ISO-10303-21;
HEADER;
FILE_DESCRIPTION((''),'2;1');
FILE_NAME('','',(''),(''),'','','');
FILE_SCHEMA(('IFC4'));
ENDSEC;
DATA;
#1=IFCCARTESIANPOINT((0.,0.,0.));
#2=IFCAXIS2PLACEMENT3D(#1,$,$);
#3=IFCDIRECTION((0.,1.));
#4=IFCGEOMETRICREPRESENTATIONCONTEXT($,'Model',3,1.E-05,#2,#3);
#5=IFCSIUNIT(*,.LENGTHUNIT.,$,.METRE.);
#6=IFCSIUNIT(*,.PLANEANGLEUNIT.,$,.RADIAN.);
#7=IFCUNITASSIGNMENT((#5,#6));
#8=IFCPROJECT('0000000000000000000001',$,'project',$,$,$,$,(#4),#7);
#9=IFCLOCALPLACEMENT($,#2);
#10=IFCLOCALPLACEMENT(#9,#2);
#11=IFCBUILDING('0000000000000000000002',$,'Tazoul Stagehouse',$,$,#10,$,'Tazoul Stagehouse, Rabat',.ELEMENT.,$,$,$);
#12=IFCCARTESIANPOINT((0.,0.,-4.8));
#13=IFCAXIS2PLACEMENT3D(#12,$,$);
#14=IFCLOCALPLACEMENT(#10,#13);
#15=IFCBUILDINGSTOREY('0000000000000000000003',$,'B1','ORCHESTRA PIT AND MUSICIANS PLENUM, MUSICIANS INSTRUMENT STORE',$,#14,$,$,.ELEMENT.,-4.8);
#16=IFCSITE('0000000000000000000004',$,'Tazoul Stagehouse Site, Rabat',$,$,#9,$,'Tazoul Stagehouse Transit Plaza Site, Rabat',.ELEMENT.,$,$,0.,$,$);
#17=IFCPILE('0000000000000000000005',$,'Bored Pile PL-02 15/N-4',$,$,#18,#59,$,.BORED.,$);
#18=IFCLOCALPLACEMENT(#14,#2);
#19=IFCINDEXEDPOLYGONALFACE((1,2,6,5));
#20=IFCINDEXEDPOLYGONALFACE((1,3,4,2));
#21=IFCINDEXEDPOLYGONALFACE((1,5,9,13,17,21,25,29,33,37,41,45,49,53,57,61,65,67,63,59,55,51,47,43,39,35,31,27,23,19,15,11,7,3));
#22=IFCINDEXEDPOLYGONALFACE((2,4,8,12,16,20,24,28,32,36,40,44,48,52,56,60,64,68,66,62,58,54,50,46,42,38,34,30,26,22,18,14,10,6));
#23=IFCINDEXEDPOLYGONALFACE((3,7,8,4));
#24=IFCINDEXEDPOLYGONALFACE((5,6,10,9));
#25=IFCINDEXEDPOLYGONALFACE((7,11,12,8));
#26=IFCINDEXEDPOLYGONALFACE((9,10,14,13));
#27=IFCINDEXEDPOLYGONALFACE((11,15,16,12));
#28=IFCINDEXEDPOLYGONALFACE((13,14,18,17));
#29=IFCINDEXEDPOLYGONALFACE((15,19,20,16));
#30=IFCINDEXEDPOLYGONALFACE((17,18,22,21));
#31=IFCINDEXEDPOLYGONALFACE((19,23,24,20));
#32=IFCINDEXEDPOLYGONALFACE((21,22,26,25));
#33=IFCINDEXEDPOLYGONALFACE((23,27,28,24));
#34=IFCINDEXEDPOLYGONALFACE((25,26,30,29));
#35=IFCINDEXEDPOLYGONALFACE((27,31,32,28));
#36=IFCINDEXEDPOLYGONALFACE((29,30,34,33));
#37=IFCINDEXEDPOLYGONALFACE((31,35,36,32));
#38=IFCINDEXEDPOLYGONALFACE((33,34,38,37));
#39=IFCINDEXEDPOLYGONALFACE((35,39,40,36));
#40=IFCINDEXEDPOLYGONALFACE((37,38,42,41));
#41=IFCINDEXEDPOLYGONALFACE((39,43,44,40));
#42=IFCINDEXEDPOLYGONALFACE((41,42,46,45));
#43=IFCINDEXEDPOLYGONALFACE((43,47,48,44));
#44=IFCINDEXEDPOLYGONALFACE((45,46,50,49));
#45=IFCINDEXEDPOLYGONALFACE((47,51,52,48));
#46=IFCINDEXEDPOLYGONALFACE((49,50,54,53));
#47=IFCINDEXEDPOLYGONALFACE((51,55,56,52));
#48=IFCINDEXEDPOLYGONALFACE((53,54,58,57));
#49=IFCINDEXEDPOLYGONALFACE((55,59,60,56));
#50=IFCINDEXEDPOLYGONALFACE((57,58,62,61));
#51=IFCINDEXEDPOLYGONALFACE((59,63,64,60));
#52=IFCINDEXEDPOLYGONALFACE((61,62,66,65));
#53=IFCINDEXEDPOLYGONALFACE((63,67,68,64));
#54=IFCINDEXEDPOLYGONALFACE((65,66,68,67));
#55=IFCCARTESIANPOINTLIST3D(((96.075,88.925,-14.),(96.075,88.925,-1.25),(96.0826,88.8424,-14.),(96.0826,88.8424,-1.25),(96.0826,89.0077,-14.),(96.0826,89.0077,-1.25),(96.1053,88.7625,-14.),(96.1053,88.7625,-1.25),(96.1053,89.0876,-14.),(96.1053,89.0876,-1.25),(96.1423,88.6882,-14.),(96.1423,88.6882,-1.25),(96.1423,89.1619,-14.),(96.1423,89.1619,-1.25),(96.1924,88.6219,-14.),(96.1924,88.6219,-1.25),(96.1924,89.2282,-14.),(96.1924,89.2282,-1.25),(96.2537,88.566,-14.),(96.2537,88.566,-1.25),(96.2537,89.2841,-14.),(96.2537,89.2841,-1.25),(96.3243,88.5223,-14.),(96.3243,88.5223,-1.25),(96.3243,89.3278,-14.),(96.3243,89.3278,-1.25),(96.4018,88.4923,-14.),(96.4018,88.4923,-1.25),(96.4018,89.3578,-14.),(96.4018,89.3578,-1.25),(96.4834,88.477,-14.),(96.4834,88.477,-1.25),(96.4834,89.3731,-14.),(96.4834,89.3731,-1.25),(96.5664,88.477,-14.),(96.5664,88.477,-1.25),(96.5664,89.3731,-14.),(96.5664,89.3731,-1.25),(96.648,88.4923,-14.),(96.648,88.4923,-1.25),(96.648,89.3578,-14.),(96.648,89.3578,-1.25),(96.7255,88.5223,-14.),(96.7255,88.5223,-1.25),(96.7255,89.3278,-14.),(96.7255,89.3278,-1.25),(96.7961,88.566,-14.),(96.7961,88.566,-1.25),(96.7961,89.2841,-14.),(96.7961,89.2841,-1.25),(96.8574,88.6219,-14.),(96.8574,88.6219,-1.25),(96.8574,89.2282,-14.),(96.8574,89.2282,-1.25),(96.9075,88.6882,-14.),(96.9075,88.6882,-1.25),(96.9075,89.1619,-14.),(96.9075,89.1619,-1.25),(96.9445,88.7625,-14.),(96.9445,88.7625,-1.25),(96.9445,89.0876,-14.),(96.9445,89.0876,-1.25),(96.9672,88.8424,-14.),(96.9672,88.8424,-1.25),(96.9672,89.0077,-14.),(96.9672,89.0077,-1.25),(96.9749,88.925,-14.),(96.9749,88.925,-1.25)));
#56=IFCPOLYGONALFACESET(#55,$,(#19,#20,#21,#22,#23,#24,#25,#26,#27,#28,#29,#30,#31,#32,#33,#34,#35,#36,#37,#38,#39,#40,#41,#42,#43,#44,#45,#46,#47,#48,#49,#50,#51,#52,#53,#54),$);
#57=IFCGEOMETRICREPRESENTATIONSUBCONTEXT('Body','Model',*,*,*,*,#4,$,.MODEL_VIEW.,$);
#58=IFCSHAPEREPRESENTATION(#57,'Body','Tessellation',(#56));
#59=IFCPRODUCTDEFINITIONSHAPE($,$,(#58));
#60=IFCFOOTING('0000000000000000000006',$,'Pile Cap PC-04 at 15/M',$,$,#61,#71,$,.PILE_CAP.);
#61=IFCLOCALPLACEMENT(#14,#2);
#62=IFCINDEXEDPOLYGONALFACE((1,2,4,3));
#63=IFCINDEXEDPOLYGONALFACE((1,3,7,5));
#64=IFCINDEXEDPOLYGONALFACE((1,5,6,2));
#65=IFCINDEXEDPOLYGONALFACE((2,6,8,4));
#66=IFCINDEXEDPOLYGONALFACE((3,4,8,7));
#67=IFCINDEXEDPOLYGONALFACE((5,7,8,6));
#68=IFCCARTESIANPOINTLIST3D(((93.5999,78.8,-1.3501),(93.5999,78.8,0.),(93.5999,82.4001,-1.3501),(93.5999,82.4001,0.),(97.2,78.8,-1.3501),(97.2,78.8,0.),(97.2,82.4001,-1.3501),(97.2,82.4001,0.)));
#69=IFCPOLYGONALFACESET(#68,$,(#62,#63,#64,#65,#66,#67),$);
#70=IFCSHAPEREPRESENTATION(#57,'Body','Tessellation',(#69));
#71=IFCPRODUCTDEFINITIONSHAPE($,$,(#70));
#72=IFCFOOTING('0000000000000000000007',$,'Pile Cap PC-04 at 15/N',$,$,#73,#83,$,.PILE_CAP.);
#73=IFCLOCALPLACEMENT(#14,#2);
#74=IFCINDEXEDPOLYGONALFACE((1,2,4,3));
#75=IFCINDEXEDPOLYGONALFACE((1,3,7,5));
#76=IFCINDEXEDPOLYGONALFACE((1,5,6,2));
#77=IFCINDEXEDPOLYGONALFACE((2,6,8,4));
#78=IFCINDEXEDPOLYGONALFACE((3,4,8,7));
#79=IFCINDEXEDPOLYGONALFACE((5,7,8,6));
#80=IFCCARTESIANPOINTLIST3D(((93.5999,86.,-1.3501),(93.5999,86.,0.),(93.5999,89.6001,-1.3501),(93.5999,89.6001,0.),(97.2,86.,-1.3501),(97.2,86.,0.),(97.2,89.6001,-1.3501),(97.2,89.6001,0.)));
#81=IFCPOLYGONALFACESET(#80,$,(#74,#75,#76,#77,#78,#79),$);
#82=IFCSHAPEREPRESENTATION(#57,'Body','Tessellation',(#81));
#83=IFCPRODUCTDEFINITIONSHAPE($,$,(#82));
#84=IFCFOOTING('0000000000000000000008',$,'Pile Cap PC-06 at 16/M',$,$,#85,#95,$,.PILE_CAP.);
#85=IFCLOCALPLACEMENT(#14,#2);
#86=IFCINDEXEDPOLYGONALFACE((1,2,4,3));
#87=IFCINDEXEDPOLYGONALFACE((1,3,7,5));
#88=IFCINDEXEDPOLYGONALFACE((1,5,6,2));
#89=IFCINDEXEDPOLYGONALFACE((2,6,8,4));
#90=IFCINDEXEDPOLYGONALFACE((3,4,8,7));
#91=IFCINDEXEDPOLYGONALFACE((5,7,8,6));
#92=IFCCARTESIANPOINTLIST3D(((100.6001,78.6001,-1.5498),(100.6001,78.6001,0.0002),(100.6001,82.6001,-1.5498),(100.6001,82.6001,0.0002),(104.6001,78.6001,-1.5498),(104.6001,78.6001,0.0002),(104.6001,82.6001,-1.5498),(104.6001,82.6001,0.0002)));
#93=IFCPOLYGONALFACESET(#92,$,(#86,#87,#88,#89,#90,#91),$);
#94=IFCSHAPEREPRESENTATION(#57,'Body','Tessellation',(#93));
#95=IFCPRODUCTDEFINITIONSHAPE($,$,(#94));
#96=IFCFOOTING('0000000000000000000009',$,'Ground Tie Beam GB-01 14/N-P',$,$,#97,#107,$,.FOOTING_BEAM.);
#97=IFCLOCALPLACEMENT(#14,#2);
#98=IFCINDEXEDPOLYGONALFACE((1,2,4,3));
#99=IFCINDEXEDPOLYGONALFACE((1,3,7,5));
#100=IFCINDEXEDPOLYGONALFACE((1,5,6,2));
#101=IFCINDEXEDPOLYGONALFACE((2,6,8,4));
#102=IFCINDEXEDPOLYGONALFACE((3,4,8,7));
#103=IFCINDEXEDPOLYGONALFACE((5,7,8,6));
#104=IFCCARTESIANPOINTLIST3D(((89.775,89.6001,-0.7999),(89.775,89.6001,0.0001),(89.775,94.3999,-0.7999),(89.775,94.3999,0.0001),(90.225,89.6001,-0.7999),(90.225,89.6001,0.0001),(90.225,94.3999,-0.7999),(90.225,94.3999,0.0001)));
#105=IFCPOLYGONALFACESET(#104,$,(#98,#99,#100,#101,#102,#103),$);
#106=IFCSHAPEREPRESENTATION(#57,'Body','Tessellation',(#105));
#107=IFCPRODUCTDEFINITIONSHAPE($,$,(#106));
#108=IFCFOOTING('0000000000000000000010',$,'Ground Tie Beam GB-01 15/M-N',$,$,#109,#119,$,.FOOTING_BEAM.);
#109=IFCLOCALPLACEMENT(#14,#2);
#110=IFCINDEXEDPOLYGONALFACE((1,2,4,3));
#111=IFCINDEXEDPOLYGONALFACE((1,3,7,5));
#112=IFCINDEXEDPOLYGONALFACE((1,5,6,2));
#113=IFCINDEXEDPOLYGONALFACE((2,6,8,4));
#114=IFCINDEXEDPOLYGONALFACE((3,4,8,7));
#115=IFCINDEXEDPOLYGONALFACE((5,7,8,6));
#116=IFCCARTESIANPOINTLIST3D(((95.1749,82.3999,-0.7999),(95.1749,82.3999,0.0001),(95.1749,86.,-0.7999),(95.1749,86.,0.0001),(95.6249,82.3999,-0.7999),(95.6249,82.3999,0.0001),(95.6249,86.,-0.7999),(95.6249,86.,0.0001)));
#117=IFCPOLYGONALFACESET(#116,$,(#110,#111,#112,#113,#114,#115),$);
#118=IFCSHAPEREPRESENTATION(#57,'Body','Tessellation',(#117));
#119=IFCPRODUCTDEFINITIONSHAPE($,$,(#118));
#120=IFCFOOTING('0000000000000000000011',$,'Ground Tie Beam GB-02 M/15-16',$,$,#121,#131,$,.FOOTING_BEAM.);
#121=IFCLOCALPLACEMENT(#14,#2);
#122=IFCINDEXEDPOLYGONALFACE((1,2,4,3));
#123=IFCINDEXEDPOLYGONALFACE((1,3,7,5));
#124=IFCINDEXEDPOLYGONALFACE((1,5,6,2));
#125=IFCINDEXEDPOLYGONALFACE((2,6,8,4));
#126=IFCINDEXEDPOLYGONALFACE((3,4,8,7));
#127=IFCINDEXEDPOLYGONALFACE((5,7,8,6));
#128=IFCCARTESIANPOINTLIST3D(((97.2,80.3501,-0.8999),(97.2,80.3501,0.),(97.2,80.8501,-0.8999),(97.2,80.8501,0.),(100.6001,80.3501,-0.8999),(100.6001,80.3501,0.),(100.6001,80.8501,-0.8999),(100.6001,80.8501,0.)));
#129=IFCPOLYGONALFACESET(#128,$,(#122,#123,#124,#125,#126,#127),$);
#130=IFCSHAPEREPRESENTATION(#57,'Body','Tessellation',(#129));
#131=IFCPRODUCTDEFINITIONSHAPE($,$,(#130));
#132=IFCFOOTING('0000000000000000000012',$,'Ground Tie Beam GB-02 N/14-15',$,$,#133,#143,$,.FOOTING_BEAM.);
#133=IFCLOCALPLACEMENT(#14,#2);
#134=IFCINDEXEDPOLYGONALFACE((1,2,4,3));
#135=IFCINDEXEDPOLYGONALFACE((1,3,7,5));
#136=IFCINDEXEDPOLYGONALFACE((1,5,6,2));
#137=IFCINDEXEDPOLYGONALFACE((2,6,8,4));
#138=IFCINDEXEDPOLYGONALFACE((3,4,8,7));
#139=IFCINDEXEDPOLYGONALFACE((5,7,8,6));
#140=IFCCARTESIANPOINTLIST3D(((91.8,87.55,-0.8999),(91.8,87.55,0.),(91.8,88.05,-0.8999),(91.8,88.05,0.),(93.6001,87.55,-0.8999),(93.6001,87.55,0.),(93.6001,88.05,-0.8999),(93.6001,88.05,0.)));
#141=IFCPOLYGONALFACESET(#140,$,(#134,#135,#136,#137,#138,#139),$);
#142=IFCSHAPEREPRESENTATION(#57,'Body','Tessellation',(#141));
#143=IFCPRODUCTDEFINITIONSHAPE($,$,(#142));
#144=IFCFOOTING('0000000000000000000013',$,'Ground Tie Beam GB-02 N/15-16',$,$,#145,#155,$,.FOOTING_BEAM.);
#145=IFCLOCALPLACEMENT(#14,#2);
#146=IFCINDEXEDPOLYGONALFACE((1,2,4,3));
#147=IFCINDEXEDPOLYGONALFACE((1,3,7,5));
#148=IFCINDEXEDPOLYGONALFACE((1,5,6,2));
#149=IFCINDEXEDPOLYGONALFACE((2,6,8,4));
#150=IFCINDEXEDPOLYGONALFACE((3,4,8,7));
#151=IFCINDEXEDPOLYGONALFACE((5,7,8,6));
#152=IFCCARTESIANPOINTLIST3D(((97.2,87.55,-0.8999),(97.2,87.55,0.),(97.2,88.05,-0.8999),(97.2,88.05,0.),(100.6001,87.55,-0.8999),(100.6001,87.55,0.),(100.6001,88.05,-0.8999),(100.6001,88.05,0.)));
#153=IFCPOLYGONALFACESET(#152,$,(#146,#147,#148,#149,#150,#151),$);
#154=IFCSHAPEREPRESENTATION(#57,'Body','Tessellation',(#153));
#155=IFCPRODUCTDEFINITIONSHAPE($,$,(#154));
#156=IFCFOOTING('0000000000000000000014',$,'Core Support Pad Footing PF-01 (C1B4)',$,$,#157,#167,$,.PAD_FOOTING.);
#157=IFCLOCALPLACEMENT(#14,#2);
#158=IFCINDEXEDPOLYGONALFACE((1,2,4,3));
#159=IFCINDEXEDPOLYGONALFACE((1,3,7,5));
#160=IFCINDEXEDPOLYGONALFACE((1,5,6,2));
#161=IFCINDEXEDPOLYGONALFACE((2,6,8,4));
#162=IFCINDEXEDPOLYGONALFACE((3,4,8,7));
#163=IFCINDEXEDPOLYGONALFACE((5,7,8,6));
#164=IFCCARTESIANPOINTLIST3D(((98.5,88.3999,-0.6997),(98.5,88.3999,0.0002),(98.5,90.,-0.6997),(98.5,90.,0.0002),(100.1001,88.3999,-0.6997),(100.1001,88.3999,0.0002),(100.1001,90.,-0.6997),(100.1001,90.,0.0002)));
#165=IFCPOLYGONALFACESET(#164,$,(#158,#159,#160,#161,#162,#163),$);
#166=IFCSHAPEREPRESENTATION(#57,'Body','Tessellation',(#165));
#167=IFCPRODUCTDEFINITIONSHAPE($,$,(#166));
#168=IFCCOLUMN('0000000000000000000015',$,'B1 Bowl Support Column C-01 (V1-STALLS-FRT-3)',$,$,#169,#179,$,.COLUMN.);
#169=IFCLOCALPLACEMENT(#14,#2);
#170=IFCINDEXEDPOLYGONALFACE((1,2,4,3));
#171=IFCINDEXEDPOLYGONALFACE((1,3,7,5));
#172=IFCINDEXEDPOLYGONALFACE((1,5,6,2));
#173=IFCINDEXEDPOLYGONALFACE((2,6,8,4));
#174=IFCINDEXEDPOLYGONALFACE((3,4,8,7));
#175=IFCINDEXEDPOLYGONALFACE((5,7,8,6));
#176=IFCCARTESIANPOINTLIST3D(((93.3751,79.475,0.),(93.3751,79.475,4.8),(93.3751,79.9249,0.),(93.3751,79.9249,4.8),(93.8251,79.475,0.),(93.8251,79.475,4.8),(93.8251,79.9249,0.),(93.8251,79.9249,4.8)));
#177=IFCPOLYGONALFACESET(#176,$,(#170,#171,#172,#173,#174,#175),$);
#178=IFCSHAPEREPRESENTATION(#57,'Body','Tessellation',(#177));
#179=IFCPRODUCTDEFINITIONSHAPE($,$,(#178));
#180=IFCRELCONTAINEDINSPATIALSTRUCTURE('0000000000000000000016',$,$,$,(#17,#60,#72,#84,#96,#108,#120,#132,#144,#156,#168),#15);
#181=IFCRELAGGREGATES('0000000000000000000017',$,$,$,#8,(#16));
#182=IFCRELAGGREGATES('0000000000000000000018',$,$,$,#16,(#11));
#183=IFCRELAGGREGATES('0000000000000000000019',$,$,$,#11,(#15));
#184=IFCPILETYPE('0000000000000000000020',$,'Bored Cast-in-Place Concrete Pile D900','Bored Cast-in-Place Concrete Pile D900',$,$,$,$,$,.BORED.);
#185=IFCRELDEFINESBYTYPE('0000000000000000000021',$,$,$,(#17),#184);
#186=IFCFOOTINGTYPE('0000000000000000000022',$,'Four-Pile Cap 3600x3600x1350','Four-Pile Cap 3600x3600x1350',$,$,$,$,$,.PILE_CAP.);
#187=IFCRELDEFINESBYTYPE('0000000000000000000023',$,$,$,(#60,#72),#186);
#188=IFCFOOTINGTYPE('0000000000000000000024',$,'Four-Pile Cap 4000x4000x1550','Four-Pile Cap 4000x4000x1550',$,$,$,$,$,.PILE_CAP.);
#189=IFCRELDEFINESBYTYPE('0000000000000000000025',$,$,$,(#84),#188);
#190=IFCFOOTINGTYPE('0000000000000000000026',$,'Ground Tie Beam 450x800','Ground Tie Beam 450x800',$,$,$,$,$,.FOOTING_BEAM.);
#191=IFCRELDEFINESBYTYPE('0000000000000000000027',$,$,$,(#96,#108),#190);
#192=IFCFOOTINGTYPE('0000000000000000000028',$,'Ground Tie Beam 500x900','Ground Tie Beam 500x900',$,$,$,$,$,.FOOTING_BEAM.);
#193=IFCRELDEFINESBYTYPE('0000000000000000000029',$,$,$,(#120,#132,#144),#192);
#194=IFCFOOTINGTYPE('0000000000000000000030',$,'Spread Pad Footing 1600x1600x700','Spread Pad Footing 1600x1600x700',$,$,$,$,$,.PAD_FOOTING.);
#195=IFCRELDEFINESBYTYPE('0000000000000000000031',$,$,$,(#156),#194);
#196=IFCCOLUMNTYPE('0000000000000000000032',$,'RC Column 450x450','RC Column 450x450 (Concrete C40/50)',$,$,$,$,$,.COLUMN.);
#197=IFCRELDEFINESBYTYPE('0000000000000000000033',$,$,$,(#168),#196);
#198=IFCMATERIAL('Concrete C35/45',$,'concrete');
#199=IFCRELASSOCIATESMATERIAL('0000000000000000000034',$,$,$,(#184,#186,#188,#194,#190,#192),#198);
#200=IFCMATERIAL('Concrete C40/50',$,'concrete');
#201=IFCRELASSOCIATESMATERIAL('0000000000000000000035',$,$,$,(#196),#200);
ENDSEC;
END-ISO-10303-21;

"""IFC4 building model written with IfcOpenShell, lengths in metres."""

from ifc_helpers import new_model, si_unit, direction, frame, origin, origin_2d, place, context, subcontext, project, spatial, rectangle, circle, extrude, material, material_profile, profile_set, type_object, element, save


model = new_model("IFC4")

# Units and contexts
model_context = context("Model", 3, precision=1e-05, world=origin(), true_north=direction((0.0, 1.0)))
body_context = subcontext(model_context, "Body", "Model", "MODEL_VIEW")
ifc_project = project(units=[si_unit("LENGTHUNIT", "METRE"), si_unit("PLANEANGLEUNIT", "RADIAN")], contexts=[model_context])

# Site, building, storey
site_placement = place(None, origin())
site = spatial("IfcSite", under=ifc_project, at=site_placement, Name="Tazoul Stagehouse Site, Rabat", LongName="Tazoul Stagehouse Transit Plaza Site, Rabat", CompositionType="ELEMENT", RefElevation=0.0)
building_placement = place(site_placement, origin())
building = spatial("IfcBuilding", under=site, at=building_placement, Name="Tazoul Stagehouse", LongName="Tazoul Stagehouse, Rabat", CompositionType="ELEMENT")
storey_placement = place(building_placement, frame((0.0, 0.0, -4.8)))
storey = spatial("IfcBuildingStorey", under=building, at=storey_placement, Name="B1", Description="ORCHESTRA PIT AND MUSICIANS PLENUM, MUSICIANS INSTRUMENT STORE", CompositionType="ELEMENT", Elevation=-4.8)

# Pile
ifc_material_1 = material(Name="Concrete C35/45", Category="concrete")
ifc_material_profile_1 = material_profile(ifc_material_1, circle(Radius=0.45, at=origin_2d()), Name="BORED PILE 900")
ifc_profile_set_1 = profile_set([ifc_material_profile_1], Name="Concrete C35/45")
pile_type_1 = type_object("IfcPileType", Name="Bored Cast-in-Place Concrete Pile D900", Description="Bored Cast-in-Place Concrete Pile D900", PredefinedType="BORED", material=ifc_profile_set_1)
for number, where, z_axis, x_axis, name in (
    (1, (96.5249, 88.925, -1.25), (0.0, 0.0, -1.0), (1.0, 0.0, 0.0), "Bored Pile PL-02 15/N-4"),
):
    element("IfcPile", number, at=place(storey_placement, frame(where, z_axis=z_axis, x_axis=x_axis)), inside=storey, type_object=pile_type_1, Name=name, PredefinedType="BORED", context=body_context, shape_type="SweptSolid", body=[
        extrude(circle(Radius=0.45, at=origin_2d()), origin(), (0.0, 0.0, 1.0), 12.75),
    ])

# Footings
footing_type_1 = type_object("IfcFootingType", Name="Four-Pile Cap 3600x3600x1350", Description="Four-Pile Cap 3600x3600x1350", PredefinedType="PILE_CAP", material=ifc_material_1)
for number, where, z_axis, x_axis, name in (
    (2, (95.3999, 80.6001, -1.3501), (0.0, 0.0, 1.0), (1.0, 0.0, 0.0), "Pile Cap PC-04 at 15/M"),
    (3, (95.3999, 87.8, -1.3501), (0.0, 0.0, 1.0), (1.0, 0.0, 0.0), "Pile Cap PC-04 at 15/N"),
):
    element("IfcFooting", number, at=place(storey_placement, frame(where, z_axis=z_axis, x_axis=x_axis)), inside=storey, type_object=footing_type_1, Name=name, PredefinedType="PILE_CAP", context=body_context, shape_type="SweptSolid", body=[
        extrude(rectangle(XDim=3.6001, YDim=3.6001, at=origin_2d()), origin(), (0.0, 0.0, 1.0), 1.3501),
    ])
footing_type_2 = type_object("IfcFootingType", Name="Four-Pile Cap 4000x4000x1550", Description="Four-Pile Cap 4000x4000x1550", PredefinedType="PILE_CAP", material=ifc_material_1)
footing_1_placement = place(storey_placement, frame((102.6001, 80.6001, -1.5498), z_axis=(0.0, 0.0, 1.0), x_axis=(1.0, 0.0, 0.0)))
element("IfcFooting", 4, at=footing_1_placement, inside=storey, type_object=footing_type_2, Name="Pile Cap PC-06 at 16/M", PredefinedType="PILE_CAP", context=body_context, shape_type="SweptSolid", body=[
    extrude(rectangle(XDim=4.0, YDim=4.0, at=origin_2d()), origin(), (0.0, 0.0, 1.0), 1.55),
])
ifc_material_profile_2 = material_profile(ifc_material_1, rectangle(XDim=0.45, YDim=0.8, at=origin_2d()), Name="RC 450x800")
ifc_profile_set_2 = profile_set([ifc_material_profile_2], Name="Concrete C35/45")
footing_type_3 = type_object("IfcFootingType", Name="Ground Tie Beam 450x800", Description="Ground Tie Beam 450x800", PredefinedType="FOOTING_BEAM", material=ifc_profile_set_2)
footing_2_placement = place(storey_placement, frame((90.0, 89.6001, -0.3999), z_axis=(0.0, 1.0, 0.0), x_axis=(-1.0, 0.0, 0.0)))
element("IfcFooting", 5, at=footing_2_placement, inside=storey, type_object=footing_type_3, Name="Ground Tie Beam GB-01 14/N-P", PredefinedType="FOOTING_BEAM", context=body_context, shape_type="SweptSolid", body=[
    extrude(rectangle(XDim=0.45, YDim=0.8, at=origin_2d()), origin(), (0.0, 0.0, 1.0), 4.7998),
])
footing_3_placement = place(storey_placement, frame((95.3999, 82.3999, -0.3999), z_axis=(0.0, 1.0, 0.0), x_axis=(-1.0, 0.0, 0.0)))
element("IfcFooting", 6, at=footing_3_placement, inside=storey, type_object=footing_type_3, Name="Ground Tie Beam GB-01 15/M-N", PredefinedType="FOOTING_BEAM", context=body_context, shape_type="SweptSolid", body=[
    extrude(rectangle(XDim=0.45, YDim=0.8, at=origin_2d()), origin(), (0.0, 0.0, 1.0), 3.6001),
])
ifc_material_profile_3 = material_profile(ifc_material_1, rectangle(XDim=0.5, YDim=0.8999, at=origin_2d()), Name="RC 500x900")
ifc_profile_set_3 = profile_set([ifc_material_profile_3], Name="Concrete C35/45")
footing_type_4 = type_object("IfcFootingType", Name="Ground Tie Beam 500x900", Description="Ground Tie Beam 500x900", PredefinedType="FOOTING_BEAM", material=ifc_profile_set_3)
footing_4_placement = place(storey_placement, frame((97.2, 80.6001, -0.45), z_axis=(1.0, 0.0, 0.0), x_axis=(0.0, 1.0, 0.0)))
element("IfcFooting", 7, at=footing_4_placement, inside=storey, type_object=footing_type_4, Name="Ground Tie Beam GB-02 M/15-16", PredefinedType="FOOTING_BEAM", context=body_context, shape_type="SweptSolid", body=[
    extrude(rectangle(XDim=0.5, YDim=0.8999, at=origin_2d()), origin(), (0.0, 0.0, 1.0), 3.4001),
])
footing_5_placement = place(storey_placement, frame((91.8, 87.8, -0.45), z_axis=(1.0, 0.0, 0.0), x_axis=(0.0, 1.0, 0.0)))
element("IfcFooting", 8, at=footing_5_placement, inside=storey, type_object=footing_type_4, Name="Ground Tie Beam GB-02 N/14-15", PredefinedType="FOOTING_BEAM", context=body_context, shape_type="SweptSolid", body=[
    extrude(rectangle(XDim=0.5, YDim=0.8999, at=origin_2d()), origin(), (0.0, 0.0, 1.0), 1.8),
])
footing_6_placement = place(storey_placement, frame((97.2, 87.8, -0.45), z_axis=(1.0, 0.0, 0.0), x_axis=(0.0, 1.0, 0.0)))
element("IfcFooting", 9, at=footing_6_placement, inside=storey, type_object=footing_type_4, Name="Ground Tie Beam GB-02 N/15-16", PredefinedType="FOOTING_BEAM", context=body_context, shape_type="SweptSolid", body=[
    extrude(rectangle(XDim=0.5, YDim=0.8999, at=origin_2d()), origin(), (0.0, 0.0, 1.0), 3.4001),
])
footing_type_5 = type_object("IfcFootingType", Name="Spread Pad Footing 1600x1600x700", Description="Spread Pad Footing 1600x1600x700", PredefinedType="PAD_FOOTING", material=ifc_material_1)
footing_7_placement = place(storey_placement, frame((99.3, 89.2, -0.6997), z_axis=(0.0, 0.0, 1.0), x_axis=(1.0, 0.0, 0.0)))
element("IfcFooting", 10, at=footing_7_placement, inside=storey, type_object=footing_type_5, Name="Core Support Pad Footing PF-01 (C1B4)", PredefinedType="PAD_FOOTING", context=body_context, shape_type="SweptSolid", body=[
    extrude(rectangle(XDim=1.6001, YDim=1.6001, at=origin_2d()), origin(), (0.0, 0.0, 1.0), 0.7),
])

# Column
ifc_material_2 = material(Name="Concrete C40/50", Category="concrete")
ifc_material_profile_4 = material_profile(ifc_material_2, rectangle(XDim=0.45, YDim=0.45, at=origin_2d()), Name="RC 450x450")
ifc_profile_set_4 = profile_set([ifc_material_profile_4], Name="Concrete C40/50")
column_type_1 = type_object("IfcColumnType", Name="RC Column 450x450", Description="RC Column 450x450 (Concrete C40/50)", PredefinedType="COLUMN", material=ifc_profile_set_4)
column_placement = place(storey_placement, frame((93.6001, 79.7, 0.0), z_axis=(0.0, 0.0, 1.0), x_axis=(1.0, 0.0, 0.0)))
element("IfcColumn", 11, at=column_placement, inside=storey, type_object=column_type_1, Name="B1 Bowl Support Column C-01 (V1-STALLS-FRT-3)", PredefinedType="COLUMN", context=body_context, shape_type="SweptSolid", body=[
    extrude(rectangle(XDim=0.45, YDim=0.45, at=origin_2d()), origin(), (0.0, 0.0, 1.0), 4.8),
])

save(model, "model.ifc")
